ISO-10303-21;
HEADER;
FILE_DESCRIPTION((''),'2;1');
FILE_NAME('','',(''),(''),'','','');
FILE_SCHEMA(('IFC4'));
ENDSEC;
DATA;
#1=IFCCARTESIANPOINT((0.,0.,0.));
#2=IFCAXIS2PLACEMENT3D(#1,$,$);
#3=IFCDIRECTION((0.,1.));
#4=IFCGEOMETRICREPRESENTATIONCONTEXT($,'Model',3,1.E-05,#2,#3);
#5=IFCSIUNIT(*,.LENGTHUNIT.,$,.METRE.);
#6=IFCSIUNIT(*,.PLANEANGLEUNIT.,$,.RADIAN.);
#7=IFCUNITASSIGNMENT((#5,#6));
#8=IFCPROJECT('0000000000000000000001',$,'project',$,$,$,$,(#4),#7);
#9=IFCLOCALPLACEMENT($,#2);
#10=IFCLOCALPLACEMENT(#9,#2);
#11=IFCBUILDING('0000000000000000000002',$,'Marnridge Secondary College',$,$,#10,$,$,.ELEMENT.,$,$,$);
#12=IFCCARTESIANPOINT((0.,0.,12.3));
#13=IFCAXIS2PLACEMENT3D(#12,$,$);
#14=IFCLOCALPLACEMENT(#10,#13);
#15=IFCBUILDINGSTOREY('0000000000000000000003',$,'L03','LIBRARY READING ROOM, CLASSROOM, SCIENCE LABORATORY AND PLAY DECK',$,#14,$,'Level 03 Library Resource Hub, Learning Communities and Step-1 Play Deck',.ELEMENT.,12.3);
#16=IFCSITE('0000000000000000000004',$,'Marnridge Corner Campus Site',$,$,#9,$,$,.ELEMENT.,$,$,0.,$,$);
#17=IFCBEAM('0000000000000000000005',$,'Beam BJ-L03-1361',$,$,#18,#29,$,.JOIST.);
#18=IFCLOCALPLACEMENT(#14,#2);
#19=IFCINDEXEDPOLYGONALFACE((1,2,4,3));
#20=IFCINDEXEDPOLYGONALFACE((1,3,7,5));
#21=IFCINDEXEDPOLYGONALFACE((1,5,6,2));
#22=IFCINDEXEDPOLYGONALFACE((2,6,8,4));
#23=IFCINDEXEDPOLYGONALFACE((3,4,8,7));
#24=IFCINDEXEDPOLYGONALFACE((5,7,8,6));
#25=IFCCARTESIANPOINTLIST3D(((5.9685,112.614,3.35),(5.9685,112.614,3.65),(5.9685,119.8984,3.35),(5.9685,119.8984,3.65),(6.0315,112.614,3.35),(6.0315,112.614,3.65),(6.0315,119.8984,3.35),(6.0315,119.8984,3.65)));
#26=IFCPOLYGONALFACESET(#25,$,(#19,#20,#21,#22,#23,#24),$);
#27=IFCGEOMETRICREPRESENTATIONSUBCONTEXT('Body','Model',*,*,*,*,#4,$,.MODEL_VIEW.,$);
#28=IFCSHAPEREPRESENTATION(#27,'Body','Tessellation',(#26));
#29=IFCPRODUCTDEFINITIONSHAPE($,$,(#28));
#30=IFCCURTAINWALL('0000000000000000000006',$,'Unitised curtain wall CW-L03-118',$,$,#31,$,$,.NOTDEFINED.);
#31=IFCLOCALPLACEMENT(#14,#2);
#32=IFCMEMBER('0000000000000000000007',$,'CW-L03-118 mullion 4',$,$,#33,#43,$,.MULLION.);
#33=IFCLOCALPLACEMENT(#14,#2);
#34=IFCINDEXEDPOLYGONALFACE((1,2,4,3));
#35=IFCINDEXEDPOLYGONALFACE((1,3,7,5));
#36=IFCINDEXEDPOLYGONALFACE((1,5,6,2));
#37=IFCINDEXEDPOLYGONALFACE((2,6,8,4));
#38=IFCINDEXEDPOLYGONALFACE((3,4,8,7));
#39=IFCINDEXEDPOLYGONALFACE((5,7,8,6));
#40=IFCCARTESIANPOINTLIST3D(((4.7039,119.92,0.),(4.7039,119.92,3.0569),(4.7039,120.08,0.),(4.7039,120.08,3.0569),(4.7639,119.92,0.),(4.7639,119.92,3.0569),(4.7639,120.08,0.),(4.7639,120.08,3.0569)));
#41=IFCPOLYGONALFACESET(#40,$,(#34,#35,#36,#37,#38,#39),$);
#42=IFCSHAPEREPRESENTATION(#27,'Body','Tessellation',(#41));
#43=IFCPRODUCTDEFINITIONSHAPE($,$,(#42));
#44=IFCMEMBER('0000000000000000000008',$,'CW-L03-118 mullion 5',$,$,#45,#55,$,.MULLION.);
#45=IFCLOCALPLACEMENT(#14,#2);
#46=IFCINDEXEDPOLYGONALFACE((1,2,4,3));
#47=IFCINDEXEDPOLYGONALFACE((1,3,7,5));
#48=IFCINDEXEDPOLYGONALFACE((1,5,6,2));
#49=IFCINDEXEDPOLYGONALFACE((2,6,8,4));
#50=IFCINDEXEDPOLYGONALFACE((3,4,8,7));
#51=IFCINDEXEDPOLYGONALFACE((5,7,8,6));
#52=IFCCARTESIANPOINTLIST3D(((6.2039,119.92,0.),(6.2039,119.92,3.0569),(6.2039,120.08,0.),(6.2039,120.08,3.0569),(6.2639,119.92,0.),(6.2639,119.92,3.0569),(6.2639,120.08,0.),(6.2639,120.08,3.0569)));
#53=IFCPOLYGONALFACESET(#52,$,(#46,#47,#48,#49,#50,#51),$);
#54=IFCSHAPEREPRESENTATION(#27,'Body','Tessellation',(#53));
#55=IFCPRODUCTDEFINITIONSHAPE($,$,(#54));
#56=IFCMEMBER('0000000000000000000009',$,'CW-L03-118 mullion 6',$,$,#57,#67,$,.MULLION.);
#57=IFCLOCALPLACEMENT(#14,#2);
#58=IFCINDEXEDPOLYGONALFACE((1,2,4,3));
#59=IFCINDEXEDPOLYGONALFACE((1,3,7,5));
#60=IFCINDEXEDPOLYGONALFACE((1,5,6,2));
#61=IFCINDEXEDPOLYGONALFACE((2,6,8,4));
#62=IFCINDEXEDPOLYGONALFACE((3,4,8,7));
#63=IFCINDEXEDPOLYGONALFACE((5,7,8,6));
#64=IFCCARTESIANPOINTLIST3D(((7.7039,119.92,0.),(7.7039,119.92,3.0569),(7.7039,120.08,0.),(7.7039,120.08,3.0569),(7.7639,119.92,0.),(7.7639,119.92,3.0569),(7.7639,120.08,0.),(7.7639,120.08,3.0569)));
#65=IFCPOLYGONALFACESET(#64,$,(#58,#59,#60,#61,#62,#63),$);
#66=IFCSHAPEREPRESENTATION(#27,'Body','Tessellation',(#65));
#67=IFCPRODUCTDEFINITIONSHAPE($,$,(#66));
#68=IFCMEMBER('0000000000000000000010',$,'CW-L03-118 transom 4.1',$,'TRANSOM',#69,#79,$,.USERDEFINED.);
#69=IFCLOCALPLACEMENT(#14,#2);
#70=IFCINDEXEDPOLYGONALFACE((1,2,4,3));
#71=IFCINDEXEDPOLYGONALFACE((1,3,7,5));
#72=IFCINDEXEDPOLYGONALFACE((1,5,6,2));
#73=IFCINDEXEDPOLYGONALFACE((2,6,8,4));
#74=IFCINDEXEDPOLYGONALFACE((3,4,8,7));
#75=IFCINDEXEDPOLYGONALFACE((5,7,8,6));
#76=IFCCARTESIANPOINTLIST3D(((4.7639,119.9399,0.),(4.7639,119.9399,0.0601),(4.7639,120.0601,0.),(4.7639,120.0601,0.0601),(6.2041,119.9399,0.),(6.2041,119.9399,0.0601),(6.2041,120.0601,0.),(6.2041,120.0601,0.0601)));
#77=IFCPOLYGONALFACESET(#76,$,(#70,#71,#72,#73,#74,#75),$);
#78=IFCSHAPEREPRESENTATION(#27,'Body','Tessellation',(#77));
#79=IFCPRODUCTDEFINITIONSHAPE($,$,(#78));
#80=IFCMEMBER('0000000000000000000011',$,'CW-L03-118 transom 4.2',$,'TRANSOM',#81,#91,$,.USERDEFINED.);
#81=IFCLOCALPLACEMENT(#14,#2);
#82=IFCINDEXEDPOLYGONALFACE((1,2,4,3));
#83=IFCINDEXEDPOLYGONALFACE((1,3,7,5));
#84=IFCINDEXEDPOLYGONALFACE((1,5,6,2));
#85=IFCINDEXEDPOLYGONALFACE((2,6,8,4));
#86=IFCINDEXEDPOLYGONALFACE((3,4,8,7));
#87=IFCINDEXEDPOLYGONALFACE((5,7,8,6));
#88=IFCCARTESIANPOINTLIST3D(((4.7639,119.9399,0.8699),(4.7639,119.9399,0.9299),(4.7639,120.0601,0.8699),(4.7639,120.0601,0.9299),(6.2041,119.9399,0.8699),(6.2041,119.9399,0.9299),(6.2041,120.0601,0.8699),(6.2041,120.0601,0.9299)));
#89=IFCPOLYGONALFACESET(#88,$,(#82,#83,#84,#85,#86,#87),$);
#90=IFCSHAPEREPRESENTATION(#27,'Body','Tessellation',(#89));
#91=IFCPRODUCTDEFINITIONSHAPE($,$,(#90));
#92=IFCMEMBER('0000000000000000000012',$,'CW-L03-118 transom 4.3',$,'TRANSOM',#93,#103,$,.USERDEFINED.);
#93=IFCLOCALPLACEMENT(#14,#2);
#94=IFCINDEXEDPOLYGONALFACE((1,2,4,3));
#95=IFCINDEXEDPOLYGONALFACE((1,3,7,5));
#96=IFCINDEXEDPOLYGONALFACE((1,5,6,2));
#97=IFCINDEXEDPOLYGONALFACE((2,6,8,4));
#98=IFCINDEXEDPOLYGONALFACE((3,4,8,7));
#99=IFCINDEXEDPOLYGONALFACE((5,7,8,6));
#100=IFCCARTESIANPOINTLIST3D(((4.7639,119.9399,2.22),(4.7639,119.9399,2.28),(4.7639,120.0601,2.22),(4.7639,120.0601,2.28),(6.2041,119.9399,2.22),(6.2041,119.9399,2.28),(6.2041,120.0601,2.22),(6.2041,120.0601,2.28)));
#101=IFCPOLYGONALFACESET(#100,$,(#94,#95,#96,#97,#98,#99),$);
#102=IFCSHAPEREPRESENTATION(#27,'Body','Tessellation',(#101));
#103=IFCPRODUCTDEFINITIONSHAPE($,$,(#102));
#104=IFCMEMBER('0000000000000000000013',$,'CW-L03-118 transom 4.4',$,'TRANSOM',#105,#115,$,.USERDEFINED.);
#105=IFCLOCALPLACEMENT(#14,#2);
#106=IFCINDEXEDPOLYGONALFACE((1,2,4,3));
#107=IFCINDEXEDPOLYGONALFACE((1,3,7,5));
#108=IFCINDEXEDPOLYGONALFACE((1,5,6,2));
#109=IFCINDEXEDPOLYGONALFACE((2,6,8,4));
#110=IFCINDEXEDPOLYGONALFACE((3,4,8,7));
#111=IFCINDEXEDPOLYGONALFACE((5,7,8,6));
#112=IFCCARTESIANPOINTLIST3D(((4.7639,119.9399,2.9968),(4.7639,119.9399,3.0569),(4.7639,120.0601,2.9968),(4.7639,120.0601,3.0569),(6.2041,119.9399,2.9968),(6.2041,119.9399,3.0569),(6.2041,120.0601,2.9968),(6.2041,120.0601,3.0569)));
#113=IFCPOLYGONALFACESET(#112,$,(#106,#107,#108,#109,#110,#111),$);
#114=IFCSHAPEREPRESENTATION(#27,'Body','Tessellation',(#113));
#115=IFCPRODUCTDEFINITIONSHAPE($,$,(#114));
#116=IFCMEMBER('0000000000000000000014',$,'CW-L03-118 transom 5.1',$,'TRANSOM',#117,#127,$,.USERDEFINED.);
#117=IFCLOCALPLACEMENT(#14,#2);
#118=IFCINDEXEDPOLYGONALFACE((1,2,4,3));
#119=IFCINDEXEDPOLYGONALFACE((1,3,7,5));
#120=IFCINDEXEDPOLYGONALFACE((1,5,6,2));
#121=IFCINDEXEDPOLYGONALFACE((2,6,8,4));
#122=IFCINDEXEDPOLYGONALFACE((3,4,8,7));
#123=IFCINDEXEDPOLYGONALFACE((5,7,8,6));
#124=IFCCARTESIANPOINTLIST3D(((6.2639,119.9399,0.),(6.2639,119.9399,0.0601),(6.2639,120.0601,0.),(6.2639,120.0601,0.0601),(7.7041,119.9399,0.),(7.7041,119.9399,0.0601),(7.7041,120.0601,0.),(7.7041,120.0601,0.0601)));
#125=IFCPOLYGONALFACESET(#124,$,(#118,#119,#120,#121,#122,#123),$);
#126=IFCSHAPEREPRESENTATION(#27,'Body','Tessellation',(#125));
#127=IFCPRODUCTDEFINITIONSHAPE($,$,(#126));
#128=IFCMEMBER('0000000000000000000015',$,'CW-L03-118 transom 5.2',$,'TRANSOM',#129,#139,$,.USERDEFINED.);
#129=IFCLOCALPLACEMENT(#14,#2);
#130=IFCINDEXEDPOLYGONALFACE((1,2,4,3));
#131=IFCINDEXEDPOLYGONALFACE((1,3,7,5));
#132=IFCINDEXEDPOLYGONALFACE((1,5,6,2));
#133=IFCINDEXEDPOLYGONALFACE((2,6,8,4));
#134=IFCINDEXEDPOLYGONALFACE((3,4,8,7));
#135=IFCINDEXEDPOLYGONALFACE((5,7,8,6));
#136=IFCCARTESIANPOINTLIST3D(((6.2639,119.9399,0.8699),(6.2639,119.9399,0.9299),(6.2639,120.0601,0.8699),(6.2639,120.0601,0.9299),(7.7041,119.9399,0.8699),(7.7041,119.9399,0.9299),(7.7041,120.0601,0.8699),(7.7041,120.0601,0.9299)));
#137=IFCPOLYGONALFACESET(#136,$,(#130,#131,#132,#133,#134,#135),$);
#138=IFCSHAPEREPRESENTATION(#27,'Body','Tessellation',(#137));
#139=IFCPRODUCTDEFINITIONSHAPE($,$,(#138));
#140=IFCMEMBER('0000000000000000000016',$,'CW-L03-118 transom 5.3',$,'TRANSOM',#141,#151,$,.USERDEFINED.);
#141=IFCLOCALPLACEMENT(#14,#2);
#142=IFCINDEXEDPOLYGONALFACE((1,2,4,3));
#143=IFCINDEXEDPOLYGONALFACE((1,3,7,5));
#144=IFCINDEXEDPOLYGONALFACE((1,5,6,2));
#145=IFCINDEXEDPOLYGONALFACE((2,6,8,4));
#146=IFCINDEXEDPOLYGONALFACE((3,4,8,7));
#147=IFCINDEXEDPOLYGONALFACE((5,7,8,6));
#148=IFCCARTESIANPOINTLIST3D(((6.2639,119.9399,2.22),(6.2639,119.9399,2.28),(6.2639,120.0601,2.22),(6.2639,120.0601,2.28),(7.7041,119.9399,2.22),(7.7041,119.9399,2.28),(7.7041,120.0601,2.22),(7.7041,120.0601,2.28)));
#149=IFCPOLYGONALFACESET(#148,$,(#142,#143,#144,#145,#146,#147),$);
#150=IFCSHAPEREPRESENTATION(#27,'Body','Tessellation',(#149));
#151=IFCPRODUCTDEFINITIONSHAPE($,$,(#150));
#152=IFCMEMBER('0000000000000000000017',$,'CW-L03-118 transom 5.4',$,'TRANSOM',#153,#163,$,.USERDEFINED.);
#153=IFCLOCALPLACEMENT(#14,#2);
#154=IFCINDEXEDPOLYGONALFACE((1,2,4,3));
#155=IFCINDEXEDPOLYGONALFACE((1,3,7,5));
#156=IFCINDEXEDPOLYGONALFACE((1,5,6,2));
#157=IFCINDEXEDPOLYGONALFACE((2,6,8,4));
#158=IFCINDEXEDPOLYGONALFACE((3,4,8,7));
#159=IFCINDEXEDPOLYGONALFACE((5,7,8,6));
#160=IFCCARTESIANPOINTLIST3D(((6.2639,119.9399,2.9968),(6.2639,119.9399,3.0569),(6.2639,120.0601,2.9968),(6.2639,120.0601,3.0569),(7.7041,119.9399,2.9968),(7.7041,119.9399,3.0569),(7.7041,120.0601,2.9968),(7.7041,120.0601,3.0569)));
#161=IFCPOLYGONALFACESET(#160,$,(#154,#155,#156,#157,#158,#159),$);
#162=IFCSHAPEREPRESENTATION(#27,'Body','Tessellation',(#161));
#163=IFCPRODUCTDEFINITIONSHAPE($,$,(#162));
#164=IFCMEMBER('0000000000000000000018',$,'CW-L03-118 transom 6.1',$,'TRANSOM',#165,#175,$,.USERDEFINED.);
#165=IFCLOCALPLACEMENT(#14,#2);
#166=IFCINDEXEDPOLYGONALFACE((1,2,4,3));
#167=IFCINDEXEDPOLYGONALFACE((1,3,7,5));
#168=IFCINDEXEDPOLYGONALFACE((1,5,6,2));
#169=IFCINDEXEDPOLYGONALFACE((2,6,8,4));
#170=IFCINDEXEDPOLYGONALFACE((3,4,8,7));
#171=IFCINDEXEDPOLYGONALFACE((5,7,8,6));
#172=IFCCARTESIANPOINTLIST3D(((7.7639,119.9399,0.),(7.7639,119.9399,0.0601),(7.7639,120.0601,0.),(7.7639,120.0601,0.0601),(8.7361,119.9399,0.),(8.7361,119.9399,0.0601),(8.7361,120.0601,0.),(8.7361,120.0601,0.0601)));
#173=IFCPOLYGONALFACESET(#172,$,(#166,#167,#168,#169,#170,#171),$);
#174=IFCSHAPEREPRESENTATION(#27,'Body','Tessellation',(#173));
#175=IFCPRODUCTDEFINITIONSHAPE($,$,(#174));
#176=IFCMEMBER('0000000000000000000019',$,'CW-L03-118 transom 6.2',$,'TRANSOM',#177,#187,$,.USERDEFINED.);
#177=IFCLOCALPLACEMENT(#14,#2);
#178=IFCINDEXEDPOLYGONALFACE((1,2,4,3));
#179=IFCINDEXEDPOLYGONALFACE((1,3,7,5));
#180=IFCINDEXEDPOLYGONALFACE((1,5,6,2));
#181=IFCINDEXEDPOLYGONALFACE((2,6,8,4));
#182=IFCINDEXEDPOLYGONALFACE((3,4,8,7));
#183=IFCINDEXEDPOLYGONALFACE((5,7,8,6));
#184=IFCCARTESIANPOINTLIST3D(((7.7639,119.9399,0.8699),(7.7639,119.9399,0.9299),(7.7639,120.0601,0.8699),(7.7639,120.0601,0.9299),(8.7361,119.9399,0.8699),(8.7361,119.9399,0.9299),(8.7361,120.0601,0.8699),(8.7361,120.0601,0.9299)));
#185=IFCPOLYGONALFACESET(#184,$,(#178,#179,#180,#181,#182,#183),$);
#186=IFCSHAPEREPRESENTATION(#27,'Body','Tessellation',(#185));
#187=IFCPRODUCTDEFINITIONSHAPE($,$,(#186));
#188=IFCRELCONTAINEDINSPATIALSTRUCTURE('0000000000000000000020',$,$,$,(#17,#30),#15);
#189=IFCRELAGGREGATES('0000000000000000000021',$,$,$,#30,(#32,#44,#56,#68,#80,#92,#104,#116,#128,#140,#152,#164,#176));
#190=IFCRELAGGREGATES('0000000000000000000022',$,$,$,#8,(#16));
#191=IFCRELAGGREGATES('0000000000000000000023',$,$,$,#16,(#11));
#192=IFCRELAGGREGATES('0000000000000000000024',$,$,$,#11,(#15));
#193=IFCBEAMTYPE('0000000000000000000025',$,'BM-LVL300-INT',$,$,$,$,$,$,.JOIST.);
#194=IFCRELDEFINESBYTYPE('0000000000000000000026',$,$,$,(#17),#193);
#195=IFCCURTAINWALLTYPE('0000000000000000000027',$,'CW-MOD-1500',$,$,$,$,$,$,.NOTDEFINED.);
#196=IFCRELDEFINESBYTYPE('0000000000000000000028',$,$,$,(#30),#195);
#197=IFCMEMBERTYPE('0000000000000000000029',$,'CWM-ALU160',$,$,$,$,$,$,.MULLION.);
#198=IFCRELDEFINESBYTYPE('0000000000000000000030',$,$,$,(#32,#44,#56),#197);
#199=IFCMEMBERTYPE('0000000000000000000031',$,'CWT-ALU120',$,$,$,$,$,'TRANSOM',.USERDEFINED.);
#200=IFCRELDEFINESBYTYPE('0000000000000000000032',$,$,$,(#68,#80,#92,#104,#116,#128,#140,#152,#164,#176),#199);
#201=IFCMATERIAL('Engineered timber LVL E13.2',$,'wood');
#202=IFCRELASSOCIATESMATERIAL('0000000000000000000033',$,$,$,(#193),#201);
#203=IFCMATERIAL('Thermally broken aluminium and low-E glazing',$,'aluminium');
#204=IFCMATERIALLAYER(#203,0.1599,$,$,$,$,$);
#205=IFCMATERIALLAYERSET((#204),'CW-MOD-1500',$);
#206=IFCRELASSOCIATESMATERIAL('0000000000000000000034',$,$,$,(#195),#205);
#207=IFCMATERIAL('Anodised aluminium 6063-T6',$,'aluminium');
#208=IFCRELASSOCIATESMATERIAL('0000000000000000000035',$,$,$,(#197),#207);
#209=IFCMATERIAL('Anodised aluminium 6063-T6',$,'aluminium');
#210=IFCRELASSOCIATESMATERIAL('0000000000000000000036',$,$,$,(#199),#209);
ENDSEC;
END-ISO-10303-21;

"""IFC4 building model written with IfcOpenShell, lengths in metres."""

from ifc_helpers import new_model, si_unit, direction, frame, origin, origin_2d, place, context, subcontext, project, spatial, rectangle, extrude, material, layer, layer_set, material_profile, profile_set, type_object, element, aggregate, save


model = new_model("IFC4")

# Units and contexts
model_context = context("Model", 3, precision=1e-05, world=origin(), true_north=direction((0.0, 1.0)))
body_context = subcontext(model_context, "Body", "Model", "MODEL_VIEW")
ifc_project = project(units=[si_unit("LENGTHUNIT", "METRE"), si_unit("PLANEANGLEUNIT", "RADIAN")], contexts=[model_context])

# Site, building, storey
site_placement = place(None, origin())
site = spatial("IfcSite", under=ifc_project, at=site_placement, Name="Marnridge Corner Campus Site", CompositionType="ELEMENT", RefElevation=0.0)
building_placement = place(site_placement, origin())
building = spatial("IfcBuilding", under=site, at=building_placement, Name="Marnridge Secondary College", CompositionType="ELEMENT")
storey_placement = place(building_placement, frame((0.0, 0.0, 12.3)))
storey = spatial("IfcBuildingStorey", under=building, at=storey_placement, Name="L03", Description="LIBRARY READING ROOM, CLASSROOM, SCIENCE LABORATORY AND PLAY DECK", LongName="Level 03 Library Resource Hub, Learning Communities and Step-1 Play Deck", CompositionType="ELEMENT", Elevation=12.3)

# Beam
ifc_material_1 = material(Name="Engineered timber LVL E13.2", Category="wood")
ifc_material_profile_1 = material_profile(ifc_material_1, rectangle(XDim=0.063, YDim=0.3, at=origin_2d()), Name="LVL 63x300")
ifc_profile_set_1 = profile_set([ifc_material_profile_1], Name="Engineered timber LVL E13.2")
beam_type = type_object("IfcBeamType", Name="BM-LVL300-INT", PredefinedType="JOIST", material=ifc_profile_set_1)
beam_placement = place(storey_placement, frame((6.0, 112.614, 3.5), z_axis=(0.0, 1.0, 0.0), x_axis=(-1.0, 0.0, 0.0)))
element("IfcBeam", 1, at=beam_placement, inside=storey, type_object=beam_type, Name="Beam BJ-L03-1361", PredefinedType="JOIST", context=body_context, shape_type="SweptSolid", body=[
    extrude(rectangle(XDim=0.063, YDim=0.3, at=origin_2d()), origin(), (0.0, 0.0, 1.0), 7.2844),
])

# Curtain wall, members
ifc_material_2 = material(Name="Thermally broken aluminium and low-E glazing", Category="aluminium")
ifc_layer_1 = layer(ifc_material_2, 0.1599)
ifc_layer_set_1 = layer_set([ifc_layer_1], Name="CW-MOD-1500")
curtain_wall_type = type_object("IfcCurtainWallType", Name="CW-MOD-1500", PredefinedType="NOTDEFINED", material=ifc_layer_set_1)
curtain_wall_placement = place(storey_placement, origin())
curtain_wall = element("IfcCurtainWall", 2, at=curtain_wall_placement, inside=storey, type_object=curtain_wall_type, Name="Unitised curtain wall CW-L03-118", PredefinedType="NOTDEFINED")
ifc_material_3 = material(Name="Anodised aluminium 6063-T6", Category="aluminium")
ifc_material_profile_2 = material_profile(ifc_material_3, rectangle(XDim=0.0601, YDim=0.1599, at=origin_2d()), Name="ALU 60x160")
ifc_profile_set_2 = profile_set([ifc_material_profile_2], Name="Anodised aluminium 6063-T6")
member_type_1 = type_object("IfcMemberType", Name="CWM-ALU160", PredefinedType="MULLION", material=ifc_profile_set_2)
member_1_placement = place(storey_placement, frame((4.7339, 120.0, 0.0), z_axis=(0.0, 0.0, 1.0), x_axis=(1.0, 0.0, 0.0)))
member_1 = element("IfcMember", 3, at=member_1_placement, type_object=member_type_1, Name="CW-L03-118 mullion 4", PredefinedType="MULLION", context=body_context, shape_type="SweptSolid", body=[
    extrude(rectangle(XDim=0.0601, YDim=0.1599, at=origin_2d()), origin(), (0.0, 0.0, 1.0), 3.0569),
])
member_2_placement = place(storey_placement, frame((6.2339, 120.0, 0.0), z_axis=(0.0, 0.0, 1.0), x_axis=(1.0, 0.0, 0.0)))
member_2 = element("IfcMember", 4, at=member_2_placement, type_object=member_type_1, Name="CW-L03-118 mullion 5", PredefinedType="MULLION", context=body_context, shape_type="SweptSolid", body=[
    extrude(rectangle(XDim=0.0601, YDim=0.1599, at=origin_2d()), origin(), (0.0, 0.0, 1.0), 3.0569),
])
member_3_placement = place(storey_placement, frame((7.7339, 120.0, 0.0), z_axis=(0.0, 0.0, 1.0), x_axis=(1.0, 0.0, 0.0)))
member_3 = element("IfcMember", 5, at=member_3_placement, type_object=member_type_1, Name="CW-L03-118 mullion 6", PredefinedType="MULLION", context=body_context, shape_type="SweptSolid", body=[
    extrude(rectangle(XDim=0.0601, YDim=0.1599, at=origin_2d()), origin(), (0.0, 0.0, 1.0), 3.0569),
])
ifc_material_4 = material(Name="Anodised aluminium 6063-T6", Category="aluminium")
ifc_material_profile_3 = material_profile(ifc_material_4, rectangle(XDim=0.0601, YDim=0.1201, at=origin_2d()), Name="ALU 60x120")
ifc_profile_set_3 = profile_set([ifc_material_profile_3], Name="Anodised aluminium 6063-T6")
member_type_2 = type_object("IfcMemberType", Name="CWT-ALU120", ElementType="TRANSOM", PredefinedType="USERDEFINED", material=ifc_profile_set_3)
member_4_placement = place(storey_placement, frame((4.7639, 120.0, 0.03), z_axis=(1.0, 0.0, 0.0), x_axis=(0.0, 0.0, 1.0)))
member_4 = element("IfcMember", 6, at=member_4_placement, type_object=member_type_2, Name="CW-L03-118 transom 4.1", ObjectType="TRANSOM", PredefinedType="USERDEFINED", context=body_context, shape_type="SweptSolid", body=[
    extrude(rectangle(XDim=0.0601, YDim=0.1201, at=origin_2d()), origin(), (0.0, 0.0, 1.0), 1.4402),
])
member_5_placement = place(storey_placement, frame((4.7639, 120.0, 0.8999), z_axis=(1.0, 0.0, 0.0), x_axis=(0.0, 0.0, 1.0)))
member_5 = element("IfcMember", 7, at=member_5_placement, type_object=member_type_2, Name="CW-L03-118 transom 4.2", ObjectType="TRANSOM", PredefinedType="USERDEFINED", context=body_context, shape_type="SweptSolid", body=[
    extrude(rectangle(XDim=0.0601, YDim=0.1201, at=origin_2d()), origin(), (0.0, 0.0, 1.0), 1.4402),
])
member_6_placement = place(storey_placement, frame((4.7639, 120.0, 2.25), z_axis=(1.0, 0.0, 0.0), x_axis=(0.0, 0.0, 1.0)))
member_6 = element("IfcMember", 8, at=member_6_placement, type_object=member_type_2, Name="CW-L03-118 transom 4.3", ObjectType="TRANSOM", PredefinedType="USERDEFINED", context=body_context, shape_type="SweptSolid", body=[
    extrude(rectangle(XDim=0.0601, YDim=0.1201, at=origin_2d()), origin(), (0.0, 0.0, 1.0), 1.4402),
])
member_7_placement = place(storey_placement, frame((4.7639, 120.0, 3.0269), z_axis=(1.0, 0.0, 0.0), x_axis=(0.0, 0.0, 1.0)))
member_7 = element("IfcMember", 9, at=member_7_placement, type_object=member_type_2, Name="CW-L03-118 transom 4.4", ObjectType="TRANSOM", PredefinedType="USERDEFINED", context=body_context, shape_type="SweptSolid", body=[
    extrude(rectangle(XDim=0.0601, YDim=0.1201, at=origin_2d()), origin(), (0.0, 0.0, 1.0), 1.4402),
])
member_8_placement = place(storey_placement, frame((6.2639, 120.0, 0.03), z_axis=(1.0, 0.0, 0.0), x_axis=(0.0, 0.0, 1.0)))
member_8 = element("IfcMember", 10, at=member_8_placement, type_object=member_type_2, Name="CW-L03-118 transom 5.1", ObjectType="TRANSOM", PredefinedType="USERDEFINED", context=body_context, shape_type="SweptSolid", body=[
    extrude(rectangle(XDim=0.0601, YDim=0.1201, at=origin_2d()), origin(), (0.0, 0.0, 1.0), 1.4402),
])
member_9_placement = place(storey_placement, frame((6.2639, 120.0, 0.8999), z_axis=(1.0, 0.0, 0.0), x_axis=(0.0, 0.0, 1.0)))
member_9 = element("IfcMember", 11, at=member_9_placement, type_object=member_type_2, Name="CW-L03-118 transom 5.2", ObjectType="TRANSOM", PredefinedType="USERDEFINED", context=body_context, shape_type="SweptSolid", body=[
    extrude(rectangle(XDim=0.0601, YDim=0.1201, at=origin_2d()), origin(), (0.0, 0.0, 1.0), 1.4402),
])
member_10_placement = place(storey_placement, frame((6.2639, 120.0, 2.25), z_axis=(1.0, 0.0, 0.0), x_axis=(0.0, 0.0, 1.0)))
member_10 = element("IfcMember", 12, at=member_10_placement, type_object=member_type_2, Name="CW-L03-118 transom 5.3", ObjectType="TRANSOM", PredefinedType="USERDEFINED", context=body_context, shape_type="SweptSolid", body=[
    extrude(rectangle(XDim=0.0601, YDim=0.1201, at=origin_2d()), origin(), (0.0, 0.0, 1.0), 1.4402),
])
member_11_placement = place(storey_placement, frame((6.2639, 120.0, 3.0269), z_axis=(1.0, 0.0, 0.0), x_axis=(0.0, 0.0, 1.0)))
member_11 = element("IfcMember", 13, at=member_11_placement, type_object=member_type_2, Name="CW-L03-118 transom 5.4", ObjectType="TRANSOM", PredefinedType="USERDEFINED", context=body_context, shape_type="SweptSolid", body=[
    extrude(rectangle(XDim=0.0601, YDim=0.1201, at=origin_2d()), origin(), (0.0, 0.0, 1.0), 1.4402),
])
member_12_placement = place(storey_placement, frame((7.7639, 120.0, 0.03), z_axis=(1.0, 0.0, 0.0), x_axis=(0.0, 0.0, 1.0)))
member_12 = element("IfcMember", 14, at=member_12_placement, type_object=member_type_2, Name="CW-L03-118 transom 6.1", ObjectType="TRANSOM", PredefinedType="USERDEFINED", context=body_context, shape_type="SweptSolid", body=[
    extrude(rectangle(XDim=0.0601, YDim=0.1201, at=origin_2d()), origin(), (0.0, 0.0, 1.0), 0.9722),
])
member_13_placement = place(storey_placement, frame((7.7639, 120.0, 0.8999), z_axis=(1.0, 0.0, 0.0), x_axis=(0.0, 0.0, 1.0)))
member_13 = element("IfcMember", 15, at=member_13_placement, type_object=member_type_2, Name="CW-L03-118 transom 6.2", ObjectType="TRANSOM", PredefinedType="USERDEFINED", context=body_context, shape_type="SweptSolid", body=[
    extrude(rectangle(XDim=0.0601, YDim=0.1201, at=origin_2d()), origin(), (0.0, 0.0, 1.0), 0.9722),
])
aggregate(curtain_wall, [member_1, member_2, member_3, member_4, member_5, member_6, member_7, member_8, member_9, member_10, member_11, member_12, member_13])

save(model, "model.ifc")
